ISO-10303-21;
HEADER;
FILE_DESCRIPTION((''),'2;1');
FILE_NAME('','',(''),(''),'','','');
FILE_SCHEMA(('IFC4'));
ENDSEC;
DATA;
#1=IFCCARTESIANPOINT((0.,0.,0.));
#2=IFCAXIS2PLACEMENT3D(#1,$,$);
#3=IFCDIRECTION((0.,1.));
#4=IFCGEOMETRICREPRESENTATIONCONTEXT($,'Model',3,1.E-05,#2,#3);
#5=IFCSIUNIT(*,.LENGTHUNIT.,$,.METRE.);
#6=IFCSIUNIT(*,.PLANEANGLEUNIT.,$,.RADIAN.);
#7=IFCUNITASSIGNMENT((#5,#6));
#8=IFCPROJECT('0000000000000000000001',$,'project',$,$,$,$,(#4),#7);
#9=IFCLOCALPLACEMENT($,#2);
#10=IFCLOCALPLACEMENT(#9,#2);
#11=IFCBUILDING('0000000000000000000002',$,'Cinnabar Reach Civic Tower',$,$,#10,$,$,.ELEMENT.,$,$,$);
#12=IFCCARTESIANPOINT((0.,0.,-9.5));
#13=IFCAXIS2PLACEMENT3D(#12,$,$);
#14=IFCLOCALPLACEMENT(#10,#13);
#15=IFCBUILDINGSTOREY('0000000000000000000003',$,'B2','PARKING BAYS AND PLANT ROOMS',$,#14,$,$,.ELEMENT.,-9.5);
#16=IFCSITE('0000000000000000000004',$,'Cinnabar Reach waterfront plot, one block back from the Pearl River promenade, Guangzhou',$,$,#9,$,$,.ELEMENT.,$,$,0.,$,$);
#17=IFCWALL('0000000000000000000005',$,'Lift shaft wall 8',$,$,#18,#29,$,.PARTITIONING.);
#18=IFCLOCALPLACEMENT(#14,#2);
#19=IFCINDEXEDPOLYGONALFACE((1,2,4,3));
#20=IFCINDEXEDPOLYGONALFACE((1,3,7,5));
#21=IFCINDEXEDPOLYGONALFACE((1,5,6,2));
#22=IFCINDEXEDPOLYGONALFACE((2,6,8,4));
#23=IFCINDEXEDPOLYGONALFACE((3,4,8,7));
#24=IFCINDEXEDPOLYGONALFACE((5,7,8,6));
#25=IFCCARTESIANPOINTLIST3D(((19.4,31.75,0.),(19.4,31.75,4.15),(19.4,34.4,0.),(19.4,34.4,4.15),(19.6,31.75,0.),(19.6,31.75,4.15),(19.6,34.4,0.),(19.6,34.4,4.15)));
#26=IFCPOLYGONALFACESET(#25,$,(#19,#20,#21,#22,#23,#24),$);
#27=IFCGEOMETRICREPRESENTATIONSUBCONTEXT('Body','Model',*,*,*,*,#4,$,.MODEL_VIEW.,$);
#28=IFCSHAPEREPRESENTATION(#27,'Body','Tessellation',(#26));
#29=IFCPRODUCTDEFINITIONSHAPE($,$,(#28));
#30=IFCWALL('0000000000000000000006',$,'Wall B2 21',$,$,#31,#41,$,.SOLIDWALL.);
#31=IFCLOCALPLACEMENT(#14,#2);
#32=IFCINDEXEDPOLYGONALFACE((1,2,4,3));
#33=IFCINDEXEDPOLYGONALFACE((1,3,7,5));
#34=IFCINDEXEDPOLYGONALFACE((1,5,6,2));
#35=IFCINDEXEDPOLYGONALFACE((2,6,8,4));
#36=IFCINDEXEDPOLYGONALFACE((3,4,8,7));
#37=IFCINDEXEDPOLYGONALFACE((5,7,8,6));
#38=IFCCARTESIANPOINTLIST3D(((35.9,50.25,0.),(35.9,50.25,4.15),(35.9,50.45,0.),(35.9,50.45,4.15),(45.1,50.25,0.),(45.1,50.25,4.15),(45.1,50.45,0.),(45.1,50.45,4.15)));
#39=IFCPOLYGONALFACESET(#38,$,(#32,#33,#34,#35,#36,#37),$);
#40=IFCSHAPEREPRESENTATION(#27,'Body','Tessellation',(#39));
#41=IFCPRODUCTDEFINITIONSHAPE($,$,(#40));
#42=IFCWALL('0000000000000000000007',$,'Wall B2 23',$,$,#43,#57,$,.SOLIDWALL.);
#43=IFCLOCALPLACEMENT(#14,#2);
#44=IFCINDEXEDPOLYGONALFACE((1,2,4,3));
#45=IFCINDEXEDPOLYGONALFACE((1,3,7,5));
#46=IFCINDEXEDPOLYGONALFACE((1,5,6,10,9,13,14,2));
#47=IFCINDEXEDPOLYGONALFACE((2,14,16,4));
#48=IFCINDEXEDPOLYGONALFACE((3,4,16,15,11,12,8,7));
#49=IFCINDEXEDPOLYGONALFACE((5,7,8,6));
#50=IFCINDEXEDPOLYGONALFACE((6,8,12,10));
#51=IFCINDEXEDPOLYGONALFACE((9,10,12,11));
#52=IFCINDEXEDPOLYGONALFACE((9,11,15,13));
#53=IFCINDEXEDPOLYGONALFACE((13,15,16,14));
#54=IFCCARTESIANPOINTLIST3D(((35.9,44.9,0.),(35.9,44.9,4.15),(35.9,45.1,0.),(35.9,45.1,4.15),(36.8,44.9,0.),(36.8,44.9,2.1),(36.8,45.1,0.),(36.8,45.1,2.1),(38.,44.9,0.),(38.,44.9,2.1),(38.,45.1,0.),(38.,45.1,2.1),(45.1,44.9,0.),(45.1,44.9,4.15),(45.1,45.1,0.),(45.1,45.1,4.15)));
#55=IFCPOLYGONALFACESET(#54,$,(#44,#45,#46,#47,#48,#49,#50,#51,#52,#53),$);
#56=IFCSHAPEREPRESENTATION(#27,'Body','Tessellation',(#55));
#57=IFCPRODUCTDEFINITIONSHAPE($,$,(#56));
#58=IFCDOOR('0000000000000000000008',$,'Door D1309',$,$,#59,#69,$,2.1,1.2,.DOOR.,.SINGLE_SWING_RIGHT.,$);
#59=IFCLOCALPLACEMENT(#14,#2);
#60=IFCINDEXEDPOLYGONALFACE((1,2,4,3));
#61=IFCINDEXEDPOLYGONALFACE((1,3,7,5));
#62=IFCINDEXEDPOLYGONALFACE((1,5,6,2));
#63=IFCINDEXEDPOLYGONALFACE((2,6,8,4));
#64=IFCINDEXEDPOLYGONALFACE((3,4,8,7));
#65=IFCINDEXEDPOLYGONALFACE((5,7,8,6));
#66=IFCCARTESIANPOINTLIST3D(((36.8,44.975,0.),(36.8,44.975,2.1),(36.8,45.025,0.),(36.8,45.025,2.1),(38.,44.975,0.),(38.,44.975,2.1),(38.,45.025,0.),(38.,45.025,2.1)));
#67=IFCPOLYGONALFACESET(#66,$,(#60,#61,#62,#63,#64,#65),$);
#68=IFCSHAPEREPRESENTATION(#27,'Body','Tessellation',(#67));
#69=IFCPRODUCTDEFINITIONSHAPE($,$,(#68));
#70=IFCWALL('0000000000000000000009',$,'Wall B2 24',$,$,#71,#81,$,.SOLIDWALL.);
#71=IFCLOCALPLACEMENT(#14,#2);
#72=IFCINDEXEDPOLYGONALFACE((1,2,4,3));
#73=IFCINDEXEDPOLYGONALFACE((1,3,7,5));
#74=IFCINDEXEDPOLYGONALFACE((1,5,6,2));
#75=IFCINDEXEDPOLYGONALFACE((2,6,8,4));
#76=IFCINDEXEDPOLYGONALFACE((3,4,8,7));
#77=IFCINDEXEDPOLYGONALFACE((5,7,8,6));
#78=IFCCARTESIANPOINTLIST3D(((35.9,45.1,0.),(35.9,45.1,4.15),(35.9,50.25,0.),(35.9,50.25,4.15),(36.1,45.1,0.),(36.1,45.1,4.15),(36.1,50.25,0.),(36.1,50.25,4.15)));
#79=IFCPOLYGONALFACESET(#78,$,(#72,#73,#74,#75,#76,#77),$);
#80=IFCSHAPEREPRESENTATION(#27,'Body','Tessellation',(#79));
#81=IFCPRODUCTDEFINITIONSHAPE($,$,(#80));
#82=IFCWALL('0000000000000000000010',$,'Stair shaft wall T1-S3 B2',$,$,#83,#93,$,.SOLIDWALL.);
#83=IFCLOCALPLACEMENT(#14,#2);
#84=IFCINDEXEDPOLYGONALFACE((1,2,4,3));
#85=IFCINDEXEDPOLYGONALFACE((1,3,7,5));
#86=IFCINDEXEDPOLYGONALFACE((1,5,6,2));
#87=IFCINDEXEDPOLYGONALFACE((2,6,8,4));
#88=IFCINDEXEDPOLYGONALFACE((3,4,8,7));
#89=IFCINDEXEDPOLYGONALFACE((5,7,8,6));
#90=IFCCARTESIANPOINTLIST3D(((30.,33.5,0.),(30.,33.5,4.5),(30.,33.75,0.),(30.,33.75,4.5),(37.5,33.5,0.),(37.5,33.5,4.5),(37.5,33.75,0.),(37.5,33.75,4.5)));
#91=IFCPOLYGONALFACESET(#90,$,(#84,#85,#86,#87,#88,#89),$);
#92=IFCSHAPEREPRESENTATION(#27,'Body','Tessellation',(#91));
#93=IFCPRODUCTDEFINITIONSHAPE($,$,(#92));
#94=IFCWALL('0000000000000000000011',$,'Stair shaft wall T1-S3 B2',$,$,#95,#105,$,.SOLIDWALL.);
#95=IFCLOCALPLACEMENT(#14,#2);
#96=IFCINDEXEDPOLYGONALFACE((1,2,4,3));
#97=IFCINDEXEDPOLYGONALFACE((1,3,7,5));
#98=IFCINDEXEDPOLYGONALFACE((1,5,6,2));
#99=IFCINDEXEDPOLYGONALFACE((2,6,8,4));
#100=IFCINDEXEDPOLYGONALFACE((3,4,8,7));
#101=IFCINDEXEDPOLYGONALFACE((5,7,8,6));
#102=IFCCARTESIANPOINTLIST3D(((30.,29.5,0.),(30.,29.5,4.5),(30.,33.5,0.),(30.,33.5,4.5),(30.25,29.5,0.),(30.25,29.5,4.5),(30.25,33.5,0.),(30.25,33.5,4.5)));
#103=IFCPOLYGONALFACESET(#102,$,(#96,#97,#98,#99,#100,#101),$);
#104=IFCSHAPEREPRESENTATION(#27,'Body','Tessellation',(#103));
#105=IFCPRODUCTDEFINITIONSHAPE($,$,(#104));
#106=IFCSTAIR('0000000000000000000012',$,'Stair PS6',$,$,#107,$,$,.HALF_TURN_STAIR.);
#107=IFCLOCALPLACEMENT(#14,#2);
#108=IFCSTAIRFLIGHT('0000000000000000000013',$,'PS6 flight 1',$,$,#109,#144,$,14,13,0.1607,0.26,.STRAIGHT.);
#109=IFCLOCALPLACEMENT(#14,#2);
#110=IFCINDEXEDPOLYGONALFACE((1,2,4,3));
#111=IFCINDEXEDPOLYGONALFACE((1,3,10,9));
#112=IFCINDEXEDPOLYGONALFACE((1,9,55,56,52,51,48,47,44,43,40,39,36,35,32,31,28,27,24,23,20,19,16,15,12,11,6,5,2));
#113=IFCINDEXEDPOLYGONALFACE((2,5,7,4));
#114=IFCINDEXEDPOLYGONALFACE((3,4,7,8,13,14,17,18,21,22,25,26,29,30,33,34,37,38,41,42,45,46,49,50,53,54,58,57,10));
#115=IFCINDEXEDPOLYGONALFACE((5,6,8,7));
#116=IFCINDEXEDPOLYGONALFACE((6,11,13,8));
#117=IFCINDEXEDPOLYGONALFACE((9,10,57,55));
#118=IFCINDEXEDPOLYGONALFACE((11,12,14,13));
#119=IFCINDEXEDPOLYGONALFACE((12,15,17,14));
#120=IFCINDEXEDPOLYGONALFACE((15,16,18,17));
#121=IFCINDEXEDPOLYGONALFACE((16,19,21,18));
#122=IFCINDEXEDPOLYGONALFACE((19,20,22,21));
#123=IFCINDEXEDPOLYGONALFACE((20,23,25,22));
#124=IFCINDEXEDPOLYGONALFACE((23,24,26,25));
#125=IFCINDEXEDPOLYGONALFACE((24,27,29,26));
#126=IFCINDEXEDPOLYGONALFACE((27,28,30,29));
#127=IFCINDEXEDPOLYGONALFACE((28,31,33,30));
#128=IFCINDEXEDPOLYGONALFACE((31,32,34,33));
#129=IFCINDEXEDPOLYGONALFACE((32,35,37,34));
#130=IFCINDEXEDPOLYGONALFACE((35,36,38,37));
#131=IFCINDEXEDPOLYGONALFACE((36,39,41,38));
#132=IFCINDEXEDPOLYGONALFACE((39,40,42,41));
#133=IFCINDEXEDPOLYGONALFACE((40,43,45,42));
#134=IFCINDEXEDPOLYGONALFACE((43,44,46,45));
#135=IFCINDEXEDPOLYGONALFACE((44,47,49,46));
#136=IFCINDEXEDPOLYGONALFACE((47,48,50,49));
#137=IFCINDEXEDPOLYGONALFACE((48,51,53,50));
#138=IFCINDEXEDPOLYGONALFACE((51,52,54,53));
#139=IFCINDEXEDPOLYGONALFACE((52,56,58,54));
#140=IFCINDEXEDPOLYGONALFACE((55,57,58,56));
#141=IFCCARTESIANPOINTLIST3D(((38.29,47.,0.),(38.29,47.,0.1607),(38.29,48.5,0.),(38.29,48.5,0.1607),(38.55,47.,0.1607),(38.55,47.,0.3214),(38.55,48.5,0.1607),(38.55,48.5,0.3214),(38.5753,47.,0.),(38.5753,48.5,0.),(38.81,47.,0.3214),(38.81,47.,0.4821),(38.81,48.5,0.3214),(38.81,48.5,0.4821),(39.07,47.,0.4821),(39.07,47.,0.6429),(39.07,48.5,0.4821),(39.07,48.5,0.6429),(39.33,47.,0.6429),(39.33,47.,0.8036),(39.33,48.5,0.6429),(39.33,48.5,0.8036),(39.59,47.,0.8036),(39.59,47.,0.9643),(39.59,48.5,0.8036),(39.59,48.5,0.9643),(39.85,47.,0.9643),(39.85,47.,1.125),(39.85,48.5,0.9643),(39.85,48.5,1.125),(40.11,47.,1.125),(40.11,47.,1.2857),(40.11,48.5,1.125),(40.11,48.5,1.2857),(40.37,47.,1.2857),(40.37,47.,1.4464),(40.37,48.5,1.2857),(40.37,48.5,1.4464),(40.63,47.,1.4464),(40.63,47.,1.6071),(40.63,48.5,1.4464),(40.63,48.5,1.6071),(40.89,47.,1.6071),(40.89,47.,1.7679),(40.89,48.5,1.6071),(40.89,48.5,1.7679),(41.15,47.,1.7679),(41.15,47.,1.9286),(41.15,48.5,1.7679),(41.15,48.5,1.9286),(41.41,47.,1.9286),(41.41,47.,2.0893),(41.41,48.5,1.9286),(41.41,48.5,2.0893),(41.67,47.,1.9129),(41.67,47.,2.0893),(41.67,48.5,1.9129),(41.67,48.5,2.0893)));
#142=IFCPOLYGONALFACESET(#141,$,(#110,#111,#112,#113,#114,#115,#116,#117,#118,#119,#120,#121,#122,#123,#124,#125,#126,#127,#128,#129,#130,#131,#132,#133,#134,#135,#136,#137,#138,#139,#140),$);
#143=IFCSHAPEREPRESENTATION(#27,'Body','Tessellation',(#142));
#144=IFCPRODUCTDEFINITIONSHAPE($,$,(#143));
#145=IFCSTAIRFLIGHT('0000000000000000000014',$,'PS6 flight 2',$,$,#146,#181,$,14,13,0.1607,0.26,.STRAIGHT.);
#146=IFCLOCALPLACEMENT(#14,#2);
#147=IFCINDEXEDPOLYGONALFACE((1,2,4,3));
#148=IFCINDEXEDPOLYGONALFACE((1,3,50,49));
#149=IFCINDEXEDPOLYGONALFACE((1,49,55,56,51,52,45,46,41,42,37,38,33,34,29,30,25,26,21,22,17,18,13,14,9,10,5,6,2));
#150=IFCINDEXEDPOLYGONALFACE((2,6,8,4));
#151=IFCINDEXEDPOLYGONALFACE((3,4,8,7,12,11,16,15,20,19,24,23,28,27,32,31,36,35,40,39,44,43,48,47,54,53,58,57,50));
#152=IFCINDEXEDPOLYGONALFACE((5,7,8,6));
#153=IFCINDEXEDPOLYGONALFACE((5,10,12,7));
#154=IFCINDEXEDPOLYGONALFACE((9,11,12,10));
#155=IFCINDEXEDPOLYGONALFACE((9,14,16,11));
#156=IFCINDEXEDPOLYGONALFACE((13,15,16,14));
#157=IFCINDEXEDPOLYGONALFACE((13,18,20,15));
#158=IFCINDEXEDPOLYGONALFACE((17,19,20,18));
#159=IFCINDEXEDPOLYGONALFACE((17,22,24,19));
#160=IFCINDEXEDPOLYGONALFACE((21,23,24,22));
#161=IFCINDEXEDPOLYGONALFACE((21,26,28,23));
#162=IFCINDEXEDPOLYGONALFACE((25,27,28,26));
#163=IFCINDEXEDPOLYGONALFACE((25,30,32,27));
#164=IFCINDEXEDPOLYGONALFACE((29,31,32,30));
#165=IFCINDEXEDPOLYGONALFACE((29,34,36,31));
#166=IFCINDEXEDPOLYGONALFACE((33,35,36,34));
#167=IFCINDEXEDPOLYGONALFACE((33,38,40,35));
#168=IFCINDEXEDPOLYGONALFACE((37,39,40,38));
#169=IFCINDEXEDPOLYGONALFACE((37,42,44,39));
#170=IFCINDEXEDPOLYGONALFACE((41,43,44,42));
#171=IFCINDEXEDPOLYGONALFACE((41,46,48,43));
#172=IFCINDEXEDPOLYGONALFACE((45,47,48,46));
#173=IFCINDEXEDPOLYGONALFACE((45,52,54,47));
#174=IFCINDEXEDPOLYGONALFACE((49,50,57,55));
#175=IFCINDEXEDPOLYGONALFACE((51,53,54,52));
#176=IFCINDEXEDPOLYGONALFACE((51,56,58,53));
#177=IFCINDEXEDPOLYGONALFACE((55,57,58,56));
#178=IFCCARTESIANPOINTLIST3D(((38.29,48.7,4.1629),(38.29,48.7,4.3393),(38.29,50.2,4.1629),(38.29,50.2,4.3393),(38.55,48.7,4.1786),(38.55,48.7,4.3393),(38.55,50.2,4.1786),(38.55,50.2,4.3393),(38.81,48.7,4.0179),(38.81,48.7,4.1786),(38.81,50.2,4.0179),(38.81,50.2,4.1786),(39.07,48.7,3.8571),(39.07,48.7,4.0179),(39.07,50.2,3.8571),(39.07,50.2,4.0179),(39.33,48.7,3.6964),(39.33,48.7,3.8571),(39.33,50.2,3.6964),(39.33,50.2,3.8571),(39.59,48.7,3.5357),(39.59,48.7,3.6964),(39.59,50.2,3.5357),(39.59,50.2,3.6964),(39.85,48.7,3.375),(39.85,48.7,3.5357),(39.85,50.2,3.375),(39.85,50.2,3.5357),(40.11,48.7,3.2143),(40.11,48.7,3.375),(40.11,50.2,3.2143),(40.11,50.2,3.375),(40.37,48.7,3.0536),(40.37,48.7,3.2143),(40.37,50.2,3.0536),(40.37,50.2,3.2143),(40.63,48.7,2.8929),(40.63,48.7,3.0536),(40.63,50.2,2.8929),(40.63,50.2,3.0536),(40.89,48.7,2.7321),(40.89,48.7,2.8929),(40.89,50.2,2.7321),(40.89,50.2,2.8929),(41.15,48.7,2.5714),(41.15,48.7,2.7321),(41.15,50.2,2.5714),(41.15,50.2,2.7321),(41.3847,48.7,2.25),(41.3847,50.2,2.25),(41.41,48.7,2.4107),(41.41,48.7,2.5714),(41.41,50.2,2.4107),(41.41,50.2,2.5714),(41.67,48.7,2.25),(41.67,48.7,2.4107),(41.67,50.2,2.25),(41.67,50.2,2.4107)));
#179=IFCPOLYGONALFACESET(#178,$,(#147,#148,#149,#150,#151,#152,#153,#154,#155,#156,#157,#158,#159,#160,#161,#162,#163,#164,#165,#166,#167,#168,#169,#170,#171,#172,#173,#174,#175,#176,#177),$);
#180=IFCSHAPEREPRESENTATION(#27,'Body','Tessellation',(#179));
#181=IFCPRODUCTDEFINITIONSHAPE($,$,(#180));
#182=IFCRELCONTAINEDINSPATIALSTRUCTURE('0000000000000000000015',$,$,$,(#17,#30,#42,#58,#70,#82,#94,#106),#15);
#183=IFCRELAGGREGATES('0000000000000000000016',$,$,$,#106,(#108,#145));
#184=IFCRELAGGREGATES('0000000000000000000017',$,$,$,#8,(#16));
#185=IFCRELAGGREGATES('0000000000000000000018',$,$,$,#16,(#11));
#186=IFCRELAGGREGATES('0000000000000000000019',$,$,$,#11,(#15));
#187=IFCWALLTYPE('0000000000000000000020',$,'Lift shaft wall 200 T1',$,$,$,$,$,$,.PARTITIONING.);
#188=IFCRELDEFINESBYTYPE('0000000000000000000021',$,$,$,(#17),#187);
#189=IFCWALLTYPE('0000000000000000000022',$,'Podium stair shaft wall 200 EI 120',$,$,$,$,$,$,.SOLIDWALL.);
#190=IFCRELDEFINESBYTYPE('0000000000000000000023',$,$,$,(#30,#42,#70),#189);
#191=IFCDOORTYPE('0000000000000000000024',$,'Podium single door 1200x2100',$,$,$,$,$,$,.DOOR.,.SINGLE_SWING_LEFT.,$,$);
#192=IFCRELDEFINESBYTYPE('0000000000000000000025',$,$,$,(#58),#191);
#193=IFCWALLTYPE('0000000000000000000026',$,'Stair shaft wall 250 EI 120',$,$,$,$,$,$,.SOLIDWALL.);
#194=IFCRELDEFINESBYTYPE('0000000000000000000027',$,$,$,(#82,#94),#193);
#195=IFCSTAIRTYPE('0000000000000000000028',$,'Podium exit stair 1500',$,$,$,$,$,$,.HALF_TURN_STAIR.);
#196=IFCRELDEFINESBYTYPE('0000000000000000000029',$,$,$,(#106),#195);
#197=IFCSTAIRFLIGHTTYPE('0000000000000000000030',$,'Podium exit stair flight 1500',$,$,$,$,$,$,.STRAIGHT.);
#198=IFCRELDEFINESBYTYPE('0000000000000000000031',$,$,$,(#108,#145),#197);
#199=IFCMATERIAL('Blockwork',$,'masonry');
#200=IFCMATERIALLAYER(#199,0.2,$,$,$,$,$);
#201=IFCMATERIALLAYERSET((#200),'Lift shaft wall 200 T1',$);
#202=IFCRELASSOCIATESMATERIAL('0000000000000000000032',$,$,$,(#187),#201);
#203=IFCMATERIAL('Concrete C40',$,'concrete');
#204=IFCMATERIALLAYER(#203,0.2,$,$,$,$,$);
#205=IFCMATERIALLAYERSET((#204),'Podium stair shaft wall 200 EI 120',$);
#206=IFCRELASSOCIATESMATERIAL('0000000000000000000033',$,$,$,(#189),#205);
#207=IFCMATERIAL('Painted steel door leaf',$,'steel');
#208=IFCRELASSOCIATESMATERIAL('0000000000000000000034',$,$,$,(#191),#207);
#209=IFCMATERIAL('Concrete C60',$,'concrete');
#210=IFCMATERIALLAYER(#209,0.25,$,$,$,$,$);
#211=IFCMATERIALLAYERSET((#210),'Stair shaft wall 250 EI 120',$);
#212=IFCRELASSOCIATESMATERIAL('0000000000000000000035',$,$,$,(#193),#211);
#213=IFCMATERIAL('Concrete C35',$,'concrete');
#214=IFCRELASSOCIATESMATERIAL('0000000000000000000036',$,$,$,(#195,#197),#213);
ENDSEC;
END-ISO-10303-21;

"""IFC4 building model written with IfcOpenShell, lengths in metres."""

from ifc_helpers import new_model, si_unit, direction, frame, frame_2d, origin, place, context, subcontext, project, spatial, polyline, rectangle, outline, extrude, material, layer, layer_set, type_object, element, fill, aggregate, save


model = new_model("IFC4")

# Units and contexts
model_context = context("Model", 3, precision=1e-05, world=origin(), true_north=direction((0.0, 1.0)))
body_context = subcontext(model_context, "Body", "Model", "MODEL_VIEW")
ifc_project = project(units=[si_unit("LENGTHUNIT", "METRE"), si_unit("PLANEANGLEUNIT", "RADIAN")], contexts=[model_context])

# Site, building, storey
site_placement = place(None, origin())
site = spatial("IfcSite", under=ifc_project, at=site_placement, Name="Cinnabar Reach waterfront plot, one block back from the Pearl River promenade, Guangzhou", CompositionType="ELEMENT", RefElevation=0.0)
building_placement = place(site_placement, origin())
building = spatial("IfcBuilding", under=site, at=building_placement, Name="Cinnabar Reach Civic Tower", CompositionType="ELEMENT")
storey_placement = place(building_placement, frame((0.0, 0.0, -9.5)))
storey = spatial("IfcBuildingStorey", under=building, at=storey_placement, Name="B2", Description="PARKING BAYS AND PLANT ROOMS", CompositionType="ELEMENT", Elevation=-9.5)

# Shared definitions
ifc_material_1 = material(Name="Concrete C60", Category="concrete")

# Walls
ifc_material_2 = material(Name="Blockwork", Category="masonry")
ifc_layer_1 = layer(ifc_material_2, 0.2)
ifc_layer_set_1 = layer_set([ifc_layer_1], Name="Lift shaft wall 200 T1")
wall_type_1 = type_object("IfcWallType", Name="Lift shaft wall 200 T1", PredefinedType="PARTITIONING", material=ifc_layer_set_1)
wall_1_placement = place(storey_placement, frame((19.5, 31.75, 0.0), z_axis=(0.0, 0.0, 1.0), x_axis=(0.0, 1.0, 0.0)))
element("IfcWall", 1, at=wall_1_placement, inside=storey, type_object=wall_type_1, Name="Lift shaft wall 8", PredefinedType="PARTITIONING", context=body_context, shape_type="SweptSolid", body=[
    extrude(rectangle(XDim=2.65, YDim=0.2, at=frame_2d((1.325, 0.0))), origin(), (0.0, 0.0, 1.0), 4.15),
])
ifc_material_3 = material(Name="Concrete C40", Category="concrete")
ifc_layer_2 = layer(ifc_material_3, 0.2)
ifc_layer_set_2 = layer_set([ifc_layer_2], Name="Podium stair shaft wall 200 EI 120")
wall_type_2 = type_object("IfcWallType", Name="Podium stair shaft wall 200 EI 120", PredefinedType="SOLIDWALL", material=ifc_layer_set_2)
wall_2_placement = place(storey_placement, frame((35.9, 50.35, 0.0), z_axis=(0.0, 0.0, 1.0), x_axis=(1.0, 0.0, 0.0)))
element("IfcWall", 2, at=wall_2_placement, inside=storey, type_object=wall_type_2, Name="Wall B2 21", PredefinedType="SOLIDWALL", context=body_context, shape_type="SweptSolid", body=[
    extrude(rectangle(XDim=9.2, YDim=0.2, at=frame_2d((4.6, 0.0))), origin(), (0.0, 0.0, 1.0), 4.15),
])

# Wall, opening, door
wall_3_placement = place(storey_placement, frame((35.9, 45.0, 0.0), z_axis=(0.0, 0.0, 1.0), x_axis=(1.0, 0.0, 0.0)))
wall_3 = element("IfcWall", 3, at=wall_3_placement, inside=storey, type_object=wall_type_2, Name="Wall B2 23", PredefinedType="SOLIDWALL", context=body_context, shape_type="SweptSolid", body=[
    extrude(rectangle(XDim=9.2, YDim=0.2, at=frame_2d((4.6, 0.0))), origin(), (0.0, 0.0, 1.0), 4.15),
])
opening_1_placement = place(wall_3_placement, frame((0.9, 0.0, 0.0)))
opening_1 = element("IfcOpeningElement", 4, at=opening_1_placement, cuts=wall_3, PredefinedType="OPENING", context=body_context, shape_type="SweptSolid", body=[
    extrude(rectangle(XDim=1.2, YDim=2.1, at=frame_2d((0.6, 1.05))), frame((0.0, 0.11, 0.0), z_axis=(0.0, -1.0, 0.0), x_axis=(1.0, 0.0, 0.0)), (0.0, 0.0, 1.0), 0.22),
])
ifc_material_4 = material(Name="Painted steel door leaf", Category="steel")
door_type_1 = type_object("IfcDoorType", Name="Podium single door 1200x2100", OperationType="SINGLE_SWING_LEFT", PredefinedType="DOOR", material=ifc_material_4)
door_1_placement = place(opening_1_placement, origin())
door_1 = element("IfcDoor", 5, at=door_1_placement, inside=storey, type_object=door_type_1, Name="Door D1309", OperationType="SINGLE_SWING_RIGHT", OverallHeight=2.1, OverallWidth=1.2, PredefinedType="DOOR", context=body_context, shape_type="SweptSolid", body=[
    extrude(rectangle(XDim=1.2, YDim=2.1, at=frame_2d((0.6, 1.05))), frame((0.0, 0.025, 0.0), z_axis=(0.0, -1.0, 0.0), x_axis=(1.0, 0.0, 0.0)), (0.0, 0.0, 1.0), 0.05),
])
fill(opening_1, door_1)

# Walls
wall_4_placement = place(storey_placement, frame((36.0, 45.1, 0.0), z_axis=(0.0, 0.0, 1.0), x_axis=(0.0, 1.0, 0.0)))
element("IfcWall", 6, at=wall_4_placement, inside=storey, type_object=wall_type_2, Name="Wall B2 24", PredefinedType="SOLIDWALL", context=body_context, shape_type="SweptSolid", body=[
    extrude(rectangle(XDim=5.15, YDim=0.2, at=frame_2d((2.575, 0.0))), origin(), (0.0, 0.0, 1.0), 4.15),
])
ifc_layer_3 = layer(ifc_material_1, 0.25)
ifc_layer_set_3 = layer_set([ifc_layer_3], Name="Stair shaft wall 250 EI 120")
wall_type_3 = type_object("IfcWallType", Name="Stair shaft wall 250 EI 120", PredefinedType="SOLIDWALL", material=ifc_layer_set_3)
wall_5_placement = place(storey_placement, frame((37.5, 33.625, 0.0), z_axis=(0.0, 0.0, 1.0), x_axis=(-1.0, 0.0, 0.0)))
element("IfcWall", 7, at=wall_5_placement, inside=storey, type_object=wall_type_3, Name="Stair shaft wall T1-S3 B2", PredefinedType="SOLIDWALL", context=body_context, shape_type="SweptSolid", body=[
    extrude(rectangle(XDim=7.5, YDim=0.25, at=frame_2d((3.75, 0.0))), origin(), (0.0, 0.0, 1.0), 4.5),
])
wall_6_placement = place(storey_placement, frame((30.125, 33.5, 0.0), z_axis=(0.0, 0.0, 1.0), x_axis=(0.0, -1.0, 0.0)))
element("IfcWall", 8, at=wall_6_placement, inside=storey, type_object=wall_type_3, Name="Stair shaft wall T1-S3 B2", PredefinedType="SOLIDWALL", context=body_context, shape_type="SweptSolid", body=[
    extrude(rectangle(XDim=4.0, YDim=0.25, at=frame_2d((2.0, 0.0))), origin(), (0.0, 0.0, 1.0), 4.5),
])

# Stair, stair flights
ifc_material_5 = material(Name="Concrete C35", Category="concrete")
stair_type = type_object("IfcStairType", Name="Podium exit stair 1500", PredefinedType="HALF_TURN_STAIR", material=ifc_material_5)
stair_placement = place(storey_placement, origin())
stair = element("IfcStair", 9, at=stair_placement, inside=storey, type_object=stair_type, Name="Stair PS6", PredefinedType="HALF_TURN_STAIR")
stair_flight_type = type_object("IfcStairFlightType", Name="Podium exit stair flight 1500", PredefinedType="STRAIGHT", material=ifc_material_5)
stair_flight_1_placement = place(storey_placement, frame((38.29, 47.75, 0.0), z_axis=(0.0, 0.0, 1.0), x_axis=(1.0, 0.0, 0.0)))
stair_flight_1 = element("IfcStairFlight", 10, at=stair_flight_1_placement, type_object=stair_flight_type, Name="PS6 flight 1", NumberOfRisers=14, NumberOfTreads=13, PredefinedType="STRAIGHT", RiserHeight=0.1607, TreadLength=0.26, context=body_context, shape_type="SweptSolid", body=[
    extrude(outline(polyline([(0.0, 0.0), (0.0, 0.1607), (0.26, 0.1607), (0.26, 0.3214), (0.52, 0.3214), (0.52, 0.4821), (0.78, 0.4821), (0.78, 0.6429), (1.04, 0.6429), (1.04, 0.8036), (1.3, 0.8036), (1.3, 0.9643), (1.56, 0.9643), (1.56, 1.125), (1.82, 1.125), (1.82, 1.2857), (2.08, 1.2857), (2.08, 1.4464), (2.34, 1.4464), (2.34, 1.6071), (2.6, 1.6071), (2.6, 1.7679), (2.86, 1.7679), (2.86, 1.9286), (3.12, 1.9286), (3.12, 2.0893), (3.38, 2.0893), (3.38, 2.25), (3.38, 1.9129), (0.2853, 0.0), (0.0, 0.0)])), frame((0.0, 0.75, 0.0), z_axis=(0.0, -1.0, 0.0), x_axis=(1.0, 0.0, 0.0)), (0.0, 0.0, 1.0), 1.5),
])
stair_flight_2_placement = place(storey_placement, frame((41.67, 49.45, 2.25), z_axis=(0.0, 0.0, 1.0), x_axis=(-1.0, 0.0, 0.0)))
stair_flight_2 = element("IfcStairFlight", 11, at=stair_flight_2_placement, type_object=stair_flight_type, Name="PS6 flight 2", NumberOfRisers=14, NumberOfTreads=13, PredefinedType="STRAIGHT", RiserHeight=0.1607, TreadLength=0.26, context=body_context, shape_type="SweptSolid", body=[
    extrude(outline(polyline([(0.0, 0.0), (0.0, 0.1607), (0.26, 0.1607), (0.26, 0.3214), (0.52, 0.3214), (0.52, 0.4821), (0.78, 0.4821), (0.78, 0.6429), (1.04, 0.6429), (1.04, 0.8036), (1.3, 0.8036), (1.3, 0.9643), (1.56, 0.9643), (1.56, 1.125), (1.82, 1.125), (1.82, 1.2857), (2.08, 1.2857), (2.08, 1.4464), (2.34, 1.4464), (2.34, 1.6071), (2.6, 1.6071), (2.6, 1.7679), (2.86, 1.7679), (2.86, 1.9286), (3.12, 1.9286), (3.12, 2.0893), (3.38, 2.0893), (3.38, 2.25), (3.38, 1.9129), (0.2853, 0.0), (0.0, 0.0)])), frame((0.0, 0.75, 0.0), z_axis=(0.0, -1.0, 0.0), x_axis=(1.0, 0.0, 0.0)), (0.0, 0.0, 1.0), 1.5),
])
aggregate(stair, [stair_flight_1, stair_flight_2])

save(model, "model.ifc")
